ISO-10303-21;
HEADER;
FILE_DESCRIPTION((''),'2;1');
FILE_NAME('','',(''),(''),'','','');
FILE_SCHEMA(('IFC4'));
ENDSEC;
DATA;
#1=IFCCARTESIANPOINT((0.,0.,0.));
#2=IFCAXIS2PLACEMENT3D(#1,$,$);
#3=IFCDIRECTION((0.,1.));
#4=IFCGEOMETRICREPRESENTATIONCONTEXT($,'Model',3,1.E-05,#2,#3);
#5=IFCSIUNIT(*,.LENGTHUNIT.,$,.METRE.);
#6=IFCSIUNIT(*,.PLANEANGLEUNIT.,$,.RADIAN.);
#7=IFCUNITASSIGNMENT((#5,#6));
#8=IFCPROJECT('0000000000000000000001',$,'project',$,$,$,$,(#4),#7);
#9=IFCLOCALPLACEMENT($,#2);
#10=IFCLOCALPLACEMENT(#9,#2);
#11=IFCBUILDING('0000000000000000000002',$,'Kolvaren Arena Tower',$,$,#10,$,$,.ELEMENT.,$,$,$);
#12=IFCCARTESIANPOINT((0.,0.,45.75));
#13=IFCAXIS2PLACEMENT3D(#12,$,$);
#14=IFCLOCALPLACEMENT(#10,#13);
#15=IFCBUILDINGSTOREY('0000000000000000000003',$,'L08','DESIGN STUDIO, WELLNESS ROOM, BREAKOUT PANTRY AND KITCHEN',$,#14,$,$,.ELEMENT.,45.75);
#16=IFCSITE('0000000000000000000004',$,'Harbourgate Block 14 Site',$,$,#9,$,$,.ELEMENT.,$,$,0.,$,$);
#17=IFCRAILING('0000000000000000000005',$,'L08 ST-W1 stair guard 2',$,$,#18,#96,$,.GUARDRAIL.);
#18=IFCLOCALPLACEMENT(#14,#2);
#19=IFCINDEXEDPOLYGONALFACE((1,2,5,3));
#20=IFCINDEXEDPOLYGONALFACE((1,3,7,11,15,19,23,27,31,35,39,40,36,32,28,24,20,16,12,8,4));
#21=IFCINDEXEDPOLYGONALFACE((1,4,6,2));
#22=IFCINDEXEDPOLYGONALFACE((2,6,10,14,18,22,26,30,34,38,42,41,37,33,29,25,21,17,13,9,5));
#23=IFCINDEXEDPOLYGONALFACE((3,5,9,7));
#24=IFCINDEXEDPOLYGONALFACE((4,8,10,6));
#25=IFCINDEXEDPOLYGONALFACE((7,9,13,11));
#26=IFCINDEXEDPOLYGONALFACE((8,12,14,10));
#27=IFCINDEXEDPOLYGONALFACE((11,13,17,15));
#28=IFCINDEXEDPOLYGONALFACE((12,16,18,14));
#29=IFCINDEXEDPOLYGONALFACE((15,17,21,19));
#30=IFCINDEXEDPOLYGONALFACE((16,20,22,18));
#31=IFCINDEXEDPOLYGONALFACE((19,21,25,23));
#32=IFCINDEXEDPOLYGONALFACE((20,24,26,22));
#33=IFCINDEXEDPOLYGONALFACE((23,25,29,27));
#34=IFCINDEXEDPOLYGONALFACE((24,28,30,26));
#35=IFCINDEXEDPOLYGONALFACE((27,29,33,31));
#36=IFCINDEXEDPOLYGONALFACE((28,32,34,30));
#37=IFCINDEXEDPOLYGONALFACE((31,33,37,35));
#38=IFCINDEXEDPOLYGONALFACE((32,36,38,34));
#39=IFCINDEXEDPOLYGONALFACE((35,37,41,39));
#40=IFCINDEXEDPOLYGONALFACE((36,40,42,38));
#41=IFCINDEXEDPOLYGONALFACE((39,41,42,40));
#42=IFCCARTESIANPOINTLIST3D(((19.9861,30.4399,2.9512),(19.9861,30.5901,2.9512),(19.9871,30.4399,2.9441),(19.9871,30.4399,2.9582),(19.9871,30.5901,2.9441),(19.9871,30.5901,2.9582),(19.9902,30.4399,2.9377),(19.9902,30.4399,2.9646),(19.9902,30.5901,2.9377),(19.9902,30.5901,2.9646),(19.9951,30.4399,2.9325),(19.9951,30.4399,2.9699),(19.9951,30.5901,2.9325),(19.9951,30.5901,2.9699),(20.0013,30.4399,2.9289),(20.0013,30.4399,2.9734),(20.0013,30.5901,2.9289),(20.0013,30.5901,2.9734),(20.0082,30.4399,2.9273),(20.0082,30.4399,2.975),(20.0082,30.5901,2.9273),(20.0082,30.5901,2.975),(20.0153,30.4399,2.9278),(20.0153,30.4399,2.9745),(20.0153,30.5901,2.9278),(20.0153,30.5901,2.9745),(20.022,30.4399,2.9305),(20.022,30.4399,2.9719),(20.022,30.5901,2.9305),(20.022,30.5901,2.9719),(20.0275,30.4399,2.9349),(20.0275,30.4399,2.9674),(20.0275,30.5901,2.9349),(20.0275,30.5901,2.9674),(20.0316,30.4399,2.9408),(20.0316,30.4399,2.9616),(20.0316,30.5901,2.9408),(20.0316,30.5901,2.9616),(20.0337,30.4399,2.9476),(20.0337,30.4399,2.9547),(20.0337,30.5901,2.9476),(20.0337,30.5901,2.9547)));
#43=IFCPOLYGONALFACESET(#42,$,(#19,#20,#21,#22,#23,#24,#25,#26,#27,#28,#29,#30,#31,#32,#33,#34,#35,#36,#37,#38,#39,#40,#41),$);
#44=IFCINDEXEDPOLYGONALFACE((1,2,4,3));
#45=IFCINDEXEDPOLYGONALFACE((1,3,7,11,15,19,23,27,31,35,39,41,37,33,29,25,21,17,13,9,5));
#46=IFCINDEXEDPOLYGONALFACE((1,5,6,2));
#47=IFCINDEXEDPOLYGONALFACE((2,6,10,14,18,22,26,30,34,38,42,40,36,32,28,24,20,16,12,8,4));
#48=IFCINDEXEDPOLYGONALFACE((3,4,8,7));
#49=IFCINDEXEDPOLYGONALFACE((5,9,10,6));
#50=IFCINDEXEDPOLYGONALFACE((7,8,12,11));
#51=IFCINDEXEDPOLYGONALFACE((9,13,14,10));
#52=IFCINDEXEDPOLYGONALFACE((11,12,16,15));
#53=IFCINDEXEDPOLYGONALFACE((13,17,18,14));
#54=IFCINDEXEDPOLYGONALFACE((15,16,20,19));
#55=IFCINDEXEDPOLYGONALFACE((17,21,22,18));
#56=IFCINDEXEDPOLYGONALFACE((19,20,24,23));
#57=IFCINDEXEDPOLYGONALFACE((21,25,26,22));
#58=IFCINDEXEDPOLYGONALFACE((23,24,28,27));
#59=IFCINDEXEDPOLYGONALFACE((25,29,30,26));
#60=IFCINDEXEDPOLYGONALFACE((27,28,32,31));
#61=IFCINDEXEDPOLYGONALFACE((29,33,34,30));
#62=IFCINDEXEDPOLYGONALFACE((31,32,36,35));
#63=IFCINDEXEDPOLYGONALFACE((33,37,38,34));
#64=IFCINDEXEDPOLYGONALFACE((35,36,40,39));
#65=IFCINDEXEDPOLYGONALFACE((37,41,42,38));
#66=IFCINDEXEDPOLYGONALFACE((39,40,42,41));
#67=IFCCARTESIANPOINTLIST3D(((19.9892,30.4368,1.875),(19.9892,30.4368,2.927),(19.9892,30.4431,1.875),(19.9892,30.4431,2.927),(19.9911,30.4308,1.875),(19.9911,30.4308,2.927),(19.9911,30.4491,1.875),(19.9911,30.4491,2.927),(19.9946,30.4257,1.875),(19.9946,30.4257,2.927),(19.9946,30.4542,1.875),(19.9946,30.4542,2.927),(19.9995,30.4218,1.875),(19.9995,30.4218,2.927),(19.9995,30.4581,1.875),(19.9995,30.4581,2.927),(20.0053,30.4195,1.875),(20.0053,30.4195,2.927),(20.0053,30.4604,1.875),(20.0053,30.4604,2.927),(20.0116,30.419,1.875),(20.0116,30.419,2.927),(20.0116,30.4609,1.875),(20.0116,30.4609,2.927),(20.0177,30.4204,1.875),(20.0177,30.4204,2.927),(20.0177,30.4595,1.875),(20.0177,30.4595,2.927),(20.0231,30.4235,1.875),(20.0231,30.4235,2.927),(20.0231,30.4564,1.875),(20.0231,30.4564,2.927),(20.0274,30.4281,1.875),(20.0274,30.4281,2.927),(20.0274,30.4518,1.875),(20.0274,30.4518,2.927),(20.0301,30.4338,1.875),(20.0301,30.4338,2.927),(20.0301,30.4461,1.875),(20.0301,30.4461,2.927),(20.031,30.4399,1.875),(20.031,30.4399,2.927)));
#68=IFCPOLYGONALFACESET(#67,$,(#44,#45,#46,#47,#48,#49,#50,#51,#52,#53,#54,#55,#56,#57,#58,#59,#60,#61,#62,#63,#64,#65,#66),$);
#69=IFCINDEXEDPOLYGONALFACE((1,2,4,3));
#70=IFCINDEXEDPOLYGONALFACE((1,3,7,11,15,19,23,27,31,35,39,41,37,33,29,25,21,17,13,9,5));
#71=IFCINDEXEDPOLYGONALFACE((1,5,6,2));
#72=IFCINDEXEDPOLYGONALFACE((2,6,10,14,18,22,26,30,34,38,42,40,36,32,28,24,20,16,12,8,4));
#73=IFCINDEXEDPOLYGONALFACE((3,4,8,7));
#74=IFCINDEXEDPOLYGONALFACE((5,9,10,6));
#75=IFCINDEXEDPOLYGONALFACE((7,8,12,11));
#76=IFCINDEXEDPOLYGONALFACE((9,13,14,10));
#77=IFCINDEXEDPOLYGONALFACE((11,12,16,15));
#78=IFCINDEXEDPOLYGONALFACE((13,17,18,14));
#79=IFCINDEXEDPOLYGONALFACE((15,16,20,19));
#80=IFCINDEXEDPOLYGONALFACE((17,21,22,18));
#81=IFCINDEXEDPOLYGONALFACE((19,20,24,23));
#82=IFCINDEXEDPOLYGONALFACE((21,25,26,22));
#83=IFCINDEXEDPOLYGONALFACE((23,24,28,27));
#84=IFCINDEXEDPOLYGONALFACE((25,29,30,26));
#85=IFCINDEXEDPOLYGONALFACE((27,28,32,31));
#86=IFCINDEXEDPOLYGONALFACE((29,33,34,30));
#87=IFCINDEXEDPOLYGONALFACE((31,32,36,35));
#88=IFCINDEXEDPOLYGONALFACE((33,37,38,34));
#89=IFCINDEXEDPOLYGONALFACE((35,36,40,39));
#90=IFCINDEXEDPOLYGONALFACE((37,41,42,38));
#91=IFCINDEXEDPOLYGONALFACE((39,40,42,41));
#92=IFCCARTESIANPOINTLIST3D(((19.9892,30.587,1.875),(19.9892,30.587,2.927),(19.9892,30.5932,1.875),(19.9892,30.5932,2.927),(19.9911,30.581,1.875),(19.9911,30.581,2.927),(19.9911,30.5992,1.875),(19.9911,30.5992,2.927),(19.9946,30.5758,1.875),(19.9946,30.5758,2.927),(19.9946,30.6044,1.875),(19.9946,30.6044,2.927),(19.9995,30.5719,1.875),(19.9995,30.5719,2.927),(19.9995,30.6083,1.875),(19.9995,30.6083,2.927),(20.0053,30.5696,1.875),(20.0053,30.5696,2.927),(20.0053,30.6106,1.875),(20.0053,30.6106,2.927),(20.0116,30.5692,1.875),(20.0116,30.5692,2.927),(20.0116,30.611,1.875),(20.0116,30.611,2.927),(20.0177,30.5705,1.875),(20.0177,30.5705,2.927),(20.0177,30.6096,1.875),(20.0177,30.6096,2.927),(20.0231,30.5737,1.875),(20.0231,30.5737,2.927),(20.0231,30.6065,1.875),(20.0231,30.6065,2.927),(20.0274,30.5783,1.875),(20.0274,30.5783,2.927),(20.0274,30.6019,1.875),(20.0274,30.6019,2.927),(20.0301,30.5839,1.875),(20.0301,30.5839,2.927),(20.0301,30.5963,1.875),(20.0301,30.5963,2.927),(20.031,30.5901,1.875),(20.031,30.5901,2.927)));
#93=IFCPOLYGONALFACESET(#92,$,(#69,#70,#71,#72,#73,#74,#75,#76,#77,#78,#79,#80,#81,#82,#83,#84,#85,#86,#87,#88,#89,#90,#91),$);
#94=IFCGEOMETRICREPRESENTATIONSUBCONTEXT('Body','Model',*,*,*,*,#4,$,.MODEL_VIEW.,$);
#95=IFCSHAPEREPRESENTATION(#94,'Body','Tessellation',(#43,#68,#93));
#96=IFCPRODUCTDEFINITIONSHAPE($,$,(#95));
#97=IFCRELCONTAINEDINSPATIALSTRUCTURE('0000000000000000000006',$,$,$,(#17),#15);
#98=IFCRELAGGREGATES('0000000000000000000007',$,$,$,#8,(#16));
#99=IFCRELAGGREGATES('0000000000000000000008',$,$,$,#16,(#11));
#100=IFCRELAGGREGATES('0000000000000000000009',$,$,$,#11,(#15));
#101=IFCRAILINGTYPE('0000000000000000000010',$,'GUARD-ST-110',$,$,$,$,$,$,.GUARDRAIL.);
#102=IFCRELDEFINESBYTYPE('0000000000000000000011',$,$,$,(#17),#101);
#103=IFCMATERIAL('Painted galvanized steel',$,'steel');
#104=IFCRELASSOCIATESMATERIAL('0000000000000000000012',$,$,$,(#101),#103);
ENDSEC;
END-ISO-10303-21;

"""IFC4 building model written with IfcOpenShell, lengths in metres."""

from ifc_helpers import new_model, si_unit, direction, frame, origin, origin_2d, place, context, subcontext, project, spatial, circle, extrude, material, type_object, element, save


model = new_model("IFC4")

# Units and contexts
model_context = context("Model", 3, precision=1e-05, world=origin(), true_north=direction((0.0, 1.0)))
body_context = subcontext(model_context, "Body", "Model", "MODEL_VIEW")
ifc_project = project(units=[si_unit("LENGTHUNIT", "METRE"), si_unit("PLANEANGLEUNIT", "RADIAN")], contexts=[model_context])

# Site, building, storey
site_placement = place(None, origin())
site = spatial("IfcSite", under=ifc_project, at=site_placement, Name="Harbourgate Block 14 Site", CompositionType="ELEMENT", RefElevation=0.0)
building_placement = place(site_placement, origin())
building = spatial("IfcBuilding", under=site, at=building_placement, Name="Kolvaren Arena Tower", CompositionType="ELEMENT")
storey_placement = place(building_placement, frame((0.0, 0.0, 45.75)))
storey = spatial("IfcBuildingStorey", under=building, at=storey_placement, Name="L08", Description="DESIGN STUDIO, WELLNESS ROOM, BREAKOUT PANTRY AND KITCHEN", CompositionType="ELEMENT", Elevation=45.75)

# Railing
ifc_material_1 = material(Name="Painted galvanized steel", Category="steel")
railing_type = type_object("IfcRailingType", Name="GUARD-ST-110", PredefinedType="GUARDRAIL", material=ifc_material_1)
railing_1_placement = place(storey_placement, frame((20.01, 30.4399, 1.875)))
element("IfcRailing", 1, at=railing_1_placement, inside=storey, type_object=railing_type, Name="L08 ST-W1 stair guard 2", PredefinedType="GUARDRAIL", context=body_context, shape_type="SweptSolid", body=[
    extrude(circle(Radius=0.0239, at=origin_2d()), frame((0.0, 0.0, 1.0762), z_axis=(0.0, 1.0, 0.0), x_axis=(-1.0, 0.0, 0.0)), (0.0, 0.0, 1.0), 0.1501),
    extrude(circle(Radius=0.021, at=origin_2d()), origin(), (0.0, 0.0, 1.0), 1.052),
    extrude(circle(Radius=0.021, at=origin_2d()), frame((0.0, 0.1501, 0.0)), (0.0, 0.0, 1.0), 1.052),
])

save(model, "model.ifc")
